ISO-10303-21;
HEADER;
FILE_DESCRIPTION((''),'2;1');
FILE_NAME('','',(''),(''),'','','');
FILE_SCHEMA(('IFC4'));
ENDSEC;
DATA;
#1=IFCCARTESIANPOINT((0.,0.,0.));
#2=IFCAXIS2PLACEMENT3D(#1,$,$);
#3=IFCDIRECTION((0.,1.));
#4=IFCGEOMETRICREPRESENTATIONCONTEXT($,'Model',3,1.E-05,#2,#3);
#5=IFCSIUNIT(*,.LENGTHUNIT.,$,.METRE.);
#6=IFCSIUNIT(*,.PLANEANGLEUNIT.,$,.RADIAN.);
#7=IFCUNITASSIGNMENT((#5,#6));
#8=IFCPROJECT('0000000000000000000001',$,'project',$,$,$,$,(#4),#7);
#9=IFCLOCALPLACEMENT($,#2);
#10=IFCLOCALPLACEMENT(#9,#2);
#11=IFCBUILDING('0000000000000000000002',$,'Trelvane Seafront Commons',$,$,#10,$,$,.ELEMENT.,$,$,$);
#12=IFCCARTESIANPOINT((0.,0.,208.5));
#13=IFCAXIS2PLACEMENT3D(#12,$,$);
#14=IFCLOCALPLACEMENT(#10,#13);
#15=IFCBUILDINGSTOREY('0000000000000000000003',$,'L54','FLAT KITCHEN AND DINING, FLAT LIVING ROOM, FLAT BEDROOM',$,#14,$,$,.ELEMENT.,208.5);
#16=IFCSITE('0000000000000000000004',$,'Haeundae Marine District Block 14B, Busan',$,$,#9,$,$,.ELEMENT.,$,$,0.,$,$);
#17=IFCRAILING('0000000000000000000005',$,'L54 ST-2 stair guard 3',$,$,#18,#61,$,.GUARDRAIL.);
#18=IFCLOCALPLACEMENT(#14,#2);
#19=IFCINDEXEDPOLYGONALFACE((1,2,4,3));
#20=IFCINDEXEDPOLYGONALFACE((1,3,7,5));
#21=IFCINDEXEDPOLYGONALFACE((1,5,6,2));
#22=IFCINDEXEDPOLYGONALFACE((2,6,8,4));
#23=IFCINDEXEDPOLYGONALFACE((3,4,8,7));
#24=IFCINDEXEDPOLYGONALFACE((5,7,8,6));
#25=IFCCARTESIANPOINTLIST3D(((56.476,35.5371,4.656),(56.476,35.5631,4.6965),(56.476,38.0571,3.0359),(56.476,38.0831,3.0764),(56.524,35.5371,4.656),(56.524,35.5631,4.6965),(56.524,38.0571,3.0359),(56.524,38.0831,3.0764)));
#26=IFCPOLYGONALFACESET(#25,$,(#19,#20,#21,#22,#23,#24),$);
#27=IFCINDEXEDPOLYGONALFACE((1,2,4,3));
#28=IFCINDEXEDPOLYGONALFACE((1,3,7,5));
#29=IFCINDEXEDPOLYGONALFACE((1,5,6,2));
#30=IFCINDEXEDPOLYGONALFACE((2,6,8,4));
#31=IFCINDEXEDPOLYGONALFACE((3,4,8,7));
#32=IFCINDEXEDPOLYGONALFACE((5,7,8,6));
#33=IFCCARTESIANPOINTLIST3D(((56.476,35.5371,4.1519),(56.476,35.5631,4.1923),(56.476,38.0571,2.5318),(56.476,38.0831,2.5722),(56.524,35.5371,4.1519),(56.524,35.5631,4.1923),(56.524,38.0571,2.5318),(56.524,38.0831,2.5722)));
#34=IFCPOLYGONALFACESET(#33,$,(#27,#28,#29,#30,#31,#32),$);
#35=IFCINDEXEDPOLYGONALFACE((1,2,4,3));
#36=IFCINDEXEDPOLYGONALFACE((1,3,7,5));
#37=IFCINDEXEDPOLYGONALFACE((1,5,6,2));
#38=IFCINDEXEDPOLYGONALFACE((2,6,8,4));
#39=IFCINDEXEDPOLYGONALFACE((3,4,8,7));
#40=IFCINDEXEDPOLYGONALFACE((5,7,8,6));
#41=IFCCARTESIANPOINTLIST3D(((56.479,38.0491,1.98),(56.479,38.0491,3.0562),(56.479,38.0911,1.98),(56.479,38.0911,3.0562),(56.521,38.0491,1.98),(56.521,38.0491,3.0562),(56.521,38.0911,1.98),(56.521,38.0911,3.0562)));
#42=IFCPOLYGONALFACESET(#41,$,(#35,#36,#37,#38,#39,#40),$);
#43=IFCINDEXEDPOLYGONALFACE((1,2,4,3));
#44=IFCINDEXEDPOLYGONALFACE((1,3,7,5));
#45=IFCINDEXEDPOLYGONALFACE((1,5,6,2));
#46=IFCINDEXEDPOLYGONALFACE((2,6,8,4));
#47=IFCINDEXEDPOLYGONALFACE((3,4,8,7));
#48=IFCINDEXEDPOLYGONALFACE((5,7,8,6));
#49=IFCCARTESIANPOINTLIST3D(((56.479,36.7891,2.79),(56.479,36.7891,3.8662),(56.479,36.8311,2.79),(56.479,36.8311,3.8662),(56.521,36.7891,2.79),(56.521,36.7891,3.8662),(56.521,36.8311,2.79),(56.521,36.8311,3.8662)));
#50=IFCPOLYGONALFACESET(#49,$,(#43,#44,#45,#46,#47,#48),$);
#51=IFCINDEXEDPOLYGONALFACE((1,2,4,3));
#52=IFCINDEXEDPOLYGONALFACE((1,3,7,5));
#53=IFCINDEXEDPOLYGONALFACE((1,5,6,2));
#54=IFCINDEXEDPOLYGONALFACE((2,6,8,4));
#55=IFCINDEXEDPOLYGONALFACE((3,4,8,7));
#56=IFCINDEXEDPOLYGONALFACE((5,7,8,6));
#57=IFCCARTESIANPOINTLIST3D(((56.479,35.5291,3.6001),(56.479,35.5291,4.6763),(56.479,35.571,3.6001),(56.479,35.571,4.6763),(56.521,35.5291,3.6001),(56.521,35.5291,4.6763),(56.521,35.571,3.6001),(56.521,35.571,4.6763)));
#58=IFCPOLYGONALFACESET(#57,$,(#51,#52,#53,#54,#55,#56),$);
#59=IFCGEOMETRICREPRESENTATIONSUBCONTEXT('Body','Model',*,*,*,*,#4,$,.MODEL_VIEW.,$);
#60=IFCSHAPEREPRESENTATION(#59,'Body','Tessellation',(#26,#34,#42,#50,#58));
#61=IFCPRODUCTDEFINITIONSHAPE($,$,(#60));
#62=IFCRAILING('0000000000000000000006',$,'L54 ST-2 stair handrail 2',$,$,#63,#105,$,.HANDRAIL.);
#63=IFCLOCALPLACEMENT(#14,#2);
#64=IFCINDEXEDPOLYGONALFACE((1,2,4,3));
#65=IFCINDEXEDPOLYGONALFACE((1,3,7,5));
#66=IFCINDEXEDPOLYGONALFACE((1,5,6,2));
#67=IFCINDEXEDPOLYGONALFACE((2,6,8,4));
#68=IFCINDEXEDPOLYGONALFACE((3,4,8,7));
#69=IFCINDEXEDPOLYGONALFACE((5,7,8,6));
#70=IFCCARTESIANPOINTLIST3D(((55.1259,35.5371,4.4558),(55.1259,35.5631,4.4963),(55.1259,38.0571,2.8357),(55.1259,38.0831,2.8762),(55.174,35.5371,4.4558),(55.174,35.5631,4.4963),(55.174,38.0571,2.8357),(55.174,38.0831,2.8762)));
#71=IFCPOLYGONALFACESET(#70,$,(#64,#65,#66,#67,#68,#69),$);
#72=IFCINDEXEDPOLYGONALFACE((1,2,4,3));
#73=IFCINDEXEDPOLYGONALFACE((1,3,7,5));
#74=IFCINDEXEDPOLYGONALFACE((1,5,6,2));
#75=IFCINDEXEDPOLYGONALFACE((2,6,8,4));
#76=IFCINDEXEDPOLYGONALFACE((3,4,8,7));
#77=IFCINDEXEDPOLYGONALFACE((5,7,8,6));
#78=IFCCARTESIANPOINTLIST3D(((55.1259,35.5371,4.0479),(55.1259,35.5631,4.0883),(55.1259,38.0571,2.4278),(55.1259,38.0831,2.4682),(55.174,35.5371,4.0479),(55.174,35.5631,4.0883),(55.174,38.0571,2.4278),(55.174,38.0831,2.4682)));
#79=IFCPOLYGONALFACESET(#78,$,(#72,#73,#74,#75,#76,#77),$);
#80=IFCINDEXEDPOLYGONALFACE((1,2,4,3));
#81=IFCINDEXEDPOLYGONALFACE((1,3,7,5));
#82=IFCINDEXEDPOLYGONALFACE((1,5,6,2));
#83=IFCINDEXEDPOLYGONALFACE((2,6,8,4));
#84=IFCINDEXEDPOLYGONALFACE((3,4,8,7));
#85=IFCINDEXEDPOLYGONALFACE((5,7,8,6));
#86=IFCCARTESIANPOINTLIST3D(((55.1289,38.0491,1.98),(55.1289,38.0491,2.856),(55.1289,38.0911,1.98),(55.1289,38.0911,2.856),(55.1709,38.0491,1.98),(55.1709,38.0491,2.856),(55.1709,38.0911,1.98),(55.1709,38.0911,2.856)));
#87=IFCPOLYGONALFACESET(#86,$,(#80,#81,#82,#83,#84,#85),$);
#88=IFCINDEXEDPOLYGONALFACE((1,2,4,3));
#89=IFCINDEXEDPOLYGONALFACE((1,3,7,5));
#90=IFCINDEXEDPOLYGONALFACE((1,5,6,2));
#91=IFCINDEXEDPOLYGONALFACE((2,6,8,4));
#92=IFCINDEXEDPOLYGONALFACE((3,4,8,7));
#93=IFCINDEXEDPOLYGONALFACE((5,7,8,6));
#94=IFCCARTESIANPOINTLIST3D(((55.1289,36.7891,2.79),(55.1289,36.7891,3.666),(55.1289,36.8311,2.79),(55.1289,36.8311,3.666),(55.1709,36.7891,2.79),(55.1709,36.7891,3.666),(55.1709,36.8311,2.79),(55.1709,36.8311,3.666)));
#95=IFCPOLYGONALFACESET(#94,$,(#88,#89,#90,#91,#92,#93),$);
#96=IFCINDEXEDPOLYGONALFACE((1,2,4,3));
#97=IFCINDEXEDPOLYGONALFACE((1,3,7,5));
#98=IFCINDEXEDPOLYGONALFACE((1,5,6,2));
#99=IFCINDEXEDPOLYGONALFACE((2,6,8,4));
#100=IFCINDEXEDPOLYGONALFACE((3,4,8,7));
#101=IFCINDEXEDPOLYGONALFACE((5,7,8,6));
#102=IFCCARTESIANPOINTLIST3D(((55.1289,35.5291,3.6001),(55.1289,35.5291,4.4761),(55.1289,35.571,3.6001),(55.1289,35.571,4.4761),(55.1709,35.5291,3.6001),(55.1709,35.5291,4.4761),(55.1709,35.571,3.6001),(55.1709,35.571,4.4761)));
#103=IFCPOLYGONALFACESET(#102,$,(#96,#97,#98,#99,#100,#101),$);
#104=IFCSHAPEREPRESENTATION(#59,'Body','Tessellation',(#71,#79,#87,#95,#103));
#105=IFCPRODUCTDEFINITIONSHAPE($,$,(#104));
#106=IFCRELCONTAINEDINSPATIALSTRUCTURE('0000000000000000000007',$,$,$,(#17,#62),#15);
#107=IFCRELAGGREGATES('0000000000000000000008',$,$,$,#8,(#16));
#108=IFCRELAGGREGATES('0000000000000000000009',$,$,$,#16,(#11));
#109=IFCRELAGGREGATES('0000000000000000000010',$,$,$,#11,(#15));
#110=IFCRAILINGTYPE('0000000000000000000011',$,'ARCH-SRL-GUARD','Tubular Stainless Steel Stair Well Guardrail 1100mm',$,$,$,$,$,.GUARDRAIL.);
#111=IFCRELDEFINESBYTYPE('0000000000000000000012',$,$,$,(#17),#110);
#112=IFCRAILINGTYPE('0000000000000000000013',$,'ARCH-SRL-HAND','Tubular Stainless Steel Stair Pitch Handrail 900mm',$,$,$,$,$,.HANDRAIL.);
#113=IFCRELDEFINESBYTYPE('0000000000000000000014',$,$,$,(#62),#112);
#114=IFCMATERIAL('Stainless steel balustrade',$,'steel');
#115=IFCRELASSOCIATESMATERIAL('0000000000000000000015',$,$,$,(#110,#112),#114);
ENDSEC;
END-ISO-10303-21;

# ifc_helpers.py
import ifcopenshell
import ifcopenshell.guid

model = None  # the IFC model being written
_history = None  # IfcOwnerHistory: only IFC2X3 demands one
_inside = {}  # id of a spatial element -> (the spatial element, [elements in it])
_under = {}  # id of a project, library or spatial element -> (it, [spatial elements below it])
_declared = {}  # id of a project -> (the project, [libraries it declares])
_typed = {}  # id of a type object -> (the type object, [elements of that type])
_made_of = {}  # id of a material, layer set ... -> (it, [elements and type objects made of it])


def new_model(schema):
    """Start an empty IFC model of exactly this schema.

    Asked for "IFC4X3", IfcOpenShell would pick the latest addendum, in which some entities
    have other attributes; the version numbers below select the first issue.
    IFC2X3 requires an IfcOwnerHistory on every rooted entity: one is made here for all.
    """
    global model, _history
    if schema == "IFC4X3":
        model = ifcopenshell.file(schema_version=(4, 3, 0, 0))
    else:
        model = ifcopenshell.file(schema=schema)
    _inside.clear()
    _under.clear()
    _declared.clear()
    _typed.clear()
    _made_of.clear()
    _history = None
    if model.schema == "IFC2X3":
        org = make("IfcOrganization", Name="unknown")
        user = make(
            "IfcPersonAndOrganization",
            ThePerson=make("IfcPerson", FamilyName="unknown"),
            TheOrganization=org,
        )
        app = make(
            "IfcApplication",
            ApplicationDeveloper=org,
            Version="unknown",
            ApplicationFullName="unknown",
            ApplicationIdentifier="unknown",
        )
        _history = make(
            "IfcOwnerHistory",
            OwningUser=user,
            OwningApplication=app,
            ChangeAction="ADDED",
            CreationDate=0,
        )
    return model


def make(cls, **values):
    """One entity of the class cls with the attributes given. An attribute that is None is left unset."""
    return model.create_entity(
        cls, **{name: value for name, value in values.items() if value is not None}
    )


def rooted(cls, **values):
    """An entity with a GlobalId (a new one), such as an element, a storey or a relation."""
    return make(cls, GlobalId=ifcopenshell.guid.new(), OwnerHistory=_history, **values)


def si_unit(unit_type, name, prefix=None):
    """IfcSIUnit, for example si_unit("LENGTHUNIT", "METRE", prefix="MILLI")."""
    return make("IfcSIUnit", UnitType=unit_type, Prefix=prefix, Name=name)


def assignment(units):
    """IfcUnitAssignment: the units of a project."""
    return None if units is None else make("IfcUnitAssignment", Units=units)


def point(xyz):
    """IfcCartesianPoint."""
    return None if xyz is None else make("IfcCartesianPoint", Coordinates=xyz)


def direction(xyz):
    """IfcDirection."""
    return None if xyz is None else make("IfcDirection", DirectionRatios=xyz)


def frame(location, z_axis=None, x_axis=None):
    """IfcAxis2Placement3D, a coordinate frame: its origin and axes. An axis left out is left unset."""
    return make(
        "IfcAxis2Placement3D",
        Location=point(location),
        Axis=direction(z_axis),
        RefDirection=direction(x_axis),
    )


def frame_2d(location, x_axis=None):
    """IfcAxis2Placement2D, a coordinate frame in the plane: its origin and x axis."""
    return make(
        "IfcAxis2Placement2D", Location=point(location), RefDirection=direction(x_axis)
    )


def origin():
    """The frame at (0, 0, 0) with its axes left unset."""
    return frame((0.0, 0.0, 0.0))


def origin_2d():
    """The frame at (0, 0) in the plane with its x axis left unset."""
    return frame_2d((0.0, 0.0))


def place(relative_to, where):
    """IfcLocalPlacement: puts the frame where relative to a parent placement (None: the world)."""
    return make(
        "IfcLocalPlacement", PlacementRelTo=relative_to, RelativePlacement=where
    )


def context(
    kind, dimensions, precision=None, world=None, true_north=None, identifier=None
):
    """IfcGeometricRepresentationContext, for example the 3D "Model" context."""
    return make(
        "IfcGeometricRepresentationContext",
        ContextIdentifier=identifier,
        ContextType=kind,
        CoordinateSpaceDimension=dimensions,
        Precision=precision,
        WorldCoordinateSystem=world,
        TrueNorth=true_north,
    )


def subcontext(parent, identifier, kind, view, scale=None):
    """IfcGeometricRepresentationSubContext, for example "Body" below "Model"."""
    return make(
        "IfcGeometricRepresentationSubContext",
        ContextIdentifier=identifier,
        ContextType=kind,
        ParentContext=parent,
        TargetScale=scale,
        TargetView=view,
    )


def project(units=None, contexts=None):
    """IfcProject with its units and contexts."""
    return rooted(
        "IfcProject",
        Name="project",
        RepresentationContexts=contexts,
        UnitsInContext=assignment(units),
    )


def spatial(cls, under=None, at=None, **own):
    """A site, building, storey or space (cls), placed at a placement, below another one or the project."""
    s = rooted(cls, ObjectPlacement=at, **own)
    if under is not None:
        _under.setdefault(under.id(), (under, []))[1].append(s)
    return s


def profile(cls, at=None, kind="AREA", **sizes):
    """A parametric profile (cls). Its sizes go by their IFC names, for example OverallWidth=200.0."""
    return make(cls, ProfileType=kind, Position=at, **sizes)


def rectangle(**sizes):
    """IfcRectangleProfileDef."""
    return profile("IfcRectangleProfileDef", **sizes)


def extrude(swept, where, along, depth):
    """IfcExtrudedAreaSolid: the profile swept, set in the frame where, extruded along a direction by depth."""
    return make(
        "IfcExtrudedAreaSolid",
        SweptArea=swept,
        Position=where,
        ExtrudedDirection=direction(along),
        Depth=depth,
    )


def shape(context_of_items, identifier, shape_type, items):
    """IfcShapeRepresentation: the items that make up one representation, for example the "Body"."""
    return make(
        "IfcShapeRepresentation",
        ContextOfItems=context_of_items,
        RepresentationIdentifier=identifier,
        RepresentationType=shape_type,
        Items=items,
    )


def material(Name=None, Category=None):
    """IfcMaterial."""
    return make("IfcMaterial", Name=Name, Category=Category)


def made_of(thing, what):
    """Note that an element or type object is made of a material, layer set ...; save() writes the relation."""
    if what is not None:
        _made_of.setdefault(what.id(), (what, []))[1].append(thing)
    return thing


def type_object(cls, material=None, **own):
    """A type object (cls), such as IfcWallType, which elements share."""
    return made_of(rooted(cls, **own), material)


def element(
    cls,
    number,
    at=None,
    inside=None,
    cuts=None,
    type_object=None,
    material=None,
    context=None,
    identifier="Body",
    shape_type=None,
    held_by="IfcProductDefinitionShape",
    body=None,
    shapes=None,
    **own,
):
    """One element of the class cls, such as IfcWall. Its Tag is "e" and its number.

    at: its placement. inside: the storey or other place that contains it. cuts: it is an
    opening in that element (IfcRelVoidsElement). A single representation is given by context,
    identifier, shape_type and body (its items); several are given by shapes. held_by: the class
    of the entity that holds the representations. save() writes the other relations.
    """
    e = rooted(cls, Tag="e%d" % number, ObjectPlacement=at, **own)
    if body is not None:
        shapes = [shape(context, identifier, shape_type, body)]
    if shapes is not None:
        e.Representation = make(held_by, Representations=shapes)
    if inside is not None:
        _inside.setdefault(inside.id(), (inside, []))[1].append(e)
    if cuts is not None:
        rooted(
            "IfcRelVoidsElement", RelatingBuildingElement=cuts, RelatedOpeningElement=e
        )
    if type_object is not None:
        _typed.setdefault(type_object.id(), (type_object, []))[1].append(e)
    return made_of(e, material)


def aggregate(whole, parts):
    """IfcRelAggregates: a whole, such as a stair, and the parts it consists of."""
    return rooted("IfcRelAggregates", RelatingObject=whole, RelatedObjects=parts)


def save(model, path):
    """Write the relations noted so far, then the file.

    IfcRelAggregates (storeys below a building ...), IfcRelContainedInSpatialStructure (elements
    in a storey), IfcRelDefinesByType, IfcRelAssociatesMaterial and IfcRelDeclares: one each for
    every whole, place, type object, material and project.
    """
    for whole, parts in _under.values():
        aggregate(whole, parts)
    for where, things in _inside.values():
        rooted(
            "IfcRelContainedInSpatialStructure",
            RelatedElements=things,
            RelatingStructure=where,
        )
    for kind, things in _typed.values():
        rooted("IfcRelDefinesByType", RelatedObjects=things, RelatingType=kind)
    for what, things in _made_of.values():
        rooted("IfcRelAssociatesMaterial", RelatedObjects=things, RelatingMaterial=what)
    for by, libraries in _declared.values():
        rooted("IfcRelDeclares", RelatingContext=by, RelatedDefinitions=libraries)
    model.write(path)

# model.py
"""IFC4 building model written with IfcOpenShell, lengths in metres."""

from ifc_helpers import new_model, si_unit, direction, frame, origin, origin_2d, place, context, subcontext, project, spatial, rectangle, extrude, material, type_object, element, save


model = new_model("IFC4")

# Units and contexts
model_context = context("Model", 3, precision=1e-05, world=origin(), true_north=direction((0.0, 1.0)))
body_context = subcontext(model_context, "Body", "Model", "MODEL_VIEW")
ifc_project = project(units=[si_unit("LENGTHUNIT", "METRE"), si_unit("PLANEANGLEUNIT", "RADIAN")], contexts=[model_context])

# Site, building, storey
site_placement = place(None, origin())
site = spatial("IfcSite", under=ifc_project, at=site_placement, Name="Haeundae Marine District Block 14B, Busan", CompositionType="ELEMENT", RefElevation=0.0)
building_placement = place(site_placement, origin())
building = spatial("IfcBuilding", under=site, at=building_placement, Name="Trelvane Seafront Commons", CompositionType="ELEMENT")
storey_placement = place(building_placement, frame((0.0, 0.0, 208.5)))
storey = spatial("IfcBuildingStorey", under=building, at=storey_placement, Name="L54", Description="FLAT KITCHEN AND DINING, FLAT LIVING ROOM, FLAT BEDROOM", CompositionType="ELEMENT", Elevation=208.5)

# Railings
ifc_material_1 = material(Name="Stainless steel balustrade", Category="steel")
railing_type_1 = type_object("IfcRailingType", Name="ARCH-SRL-GUARD", Description="Tubular Stainless Steel Stair Well Guardrail 1100mm", PredefinedType="GUARDRAIL", material=ifc_material_1)
railing_1_placement = place(storey_placement, frame((56.5, 38.0701, 1.98)))
element("IfcRailing", 1, at=railing_1_placement, inside=storey, type_object=railing_type_1, Name="L54 ST-2 stair guard 3", PredefinedType="GUARDRAIL", context=body_context, shape_type="SweptSolid", body=[
    extrude(rectangle(XDim=0.0481, YDim=0.0481, at=origin_2d()), frame((0.0, 0.0, 1.0762), z_axis=(0.0, -0.841163, 0.540782), x_axis=(1.0, 0.0, 0.0)), (0.0, 0.0, 1.0), 2.9958),
    extrude(rectangle(XDim=0.0481, YDim=0.0481, at=origin_2d()), frame((0.0, 0.0, 0.572), z_axis=(0.0, -0.841163, 0.540782), x_axis=(1.0, 0.0, 0.0)), (0.0, 0.0, 1.0), 2.9958),
    extrude(rectangle(XDim=0.042, YDim=0.042, at=origin_2d()), origin(), (0.0, 0.0, 1.0), 1.0762),
    extrude(rectangle(XDim=0.042, YDim=0.042, at=origin_2d()), frame((0.0, -1.26, 0.8101)), (0.0, 0.0, 1.0), 1.0762),
    extrude(rectangle(XDim=0.042, YDim=0.042, at=origin_2d()), frame((0.0, -2.52, 1.6201)), (0.0, 0.0, 1.0), 1.0762),
])
railing_type_2 = type_object("IfcRailingType", Name="ARCH-SRL-HAND", Description="Tubular Stainless Steel Stair Pitch Handrail 900mm", PredefinedType="HANDRAIL", material=ifc_material_1)
railing_2_placement = place(storey_placement, frame((55.1499, 38.0701, 1.98)))
element("IfcRailing", 2, at=railing_2_placement, inside=storey, type_object=railing_type_2, Name="L54 ST-2 stair handrail 2", PredefinedType="HANDRAIL", context=body_context, shape_type="SweptSolid", body=[
    extrude(rectangle(XDim=0.0481, YDim=0.0481, at=origin_2d()), frame((0.0, 0.0, 0.876), z_axis=(0.0, -0.841163, 0.540782), x_axis=(1.0, 0.0, 0.0)), (0.0, 0.0, 1.0), 2.9958),
    extrude(rectangle(XDim=0.0481, YDim=0.0481, at=origin_2d()), frame((0.0, 0.0, 0.468), z_axis=(0.0, -0.841163, 0.540782), x_axis=(1.0, 0.0, 0.0)), (0.0, 0.0, 1.0), 2.9958),
    extrude(rectangle(XDim=0.042, YDim=0.042, at=origin_2d()), origin(), (0.0, 0.0, 1.0), 0.876),
    extrude(rectangle(XDim=0.042, YDim=0.042, at=origin_2d()), frame((0.0, -1.26, 0.8101)), (0.0, 0.0, 1.0), 0.876),
    extrude(rectangle(XDim=0.042, YDim=0.042, at=origin_2d()), frame((0.0, -2.52, 1.6201)), (0.0, 0.0, 1.0), 0.876),
])

save(model, "model.ifc")
